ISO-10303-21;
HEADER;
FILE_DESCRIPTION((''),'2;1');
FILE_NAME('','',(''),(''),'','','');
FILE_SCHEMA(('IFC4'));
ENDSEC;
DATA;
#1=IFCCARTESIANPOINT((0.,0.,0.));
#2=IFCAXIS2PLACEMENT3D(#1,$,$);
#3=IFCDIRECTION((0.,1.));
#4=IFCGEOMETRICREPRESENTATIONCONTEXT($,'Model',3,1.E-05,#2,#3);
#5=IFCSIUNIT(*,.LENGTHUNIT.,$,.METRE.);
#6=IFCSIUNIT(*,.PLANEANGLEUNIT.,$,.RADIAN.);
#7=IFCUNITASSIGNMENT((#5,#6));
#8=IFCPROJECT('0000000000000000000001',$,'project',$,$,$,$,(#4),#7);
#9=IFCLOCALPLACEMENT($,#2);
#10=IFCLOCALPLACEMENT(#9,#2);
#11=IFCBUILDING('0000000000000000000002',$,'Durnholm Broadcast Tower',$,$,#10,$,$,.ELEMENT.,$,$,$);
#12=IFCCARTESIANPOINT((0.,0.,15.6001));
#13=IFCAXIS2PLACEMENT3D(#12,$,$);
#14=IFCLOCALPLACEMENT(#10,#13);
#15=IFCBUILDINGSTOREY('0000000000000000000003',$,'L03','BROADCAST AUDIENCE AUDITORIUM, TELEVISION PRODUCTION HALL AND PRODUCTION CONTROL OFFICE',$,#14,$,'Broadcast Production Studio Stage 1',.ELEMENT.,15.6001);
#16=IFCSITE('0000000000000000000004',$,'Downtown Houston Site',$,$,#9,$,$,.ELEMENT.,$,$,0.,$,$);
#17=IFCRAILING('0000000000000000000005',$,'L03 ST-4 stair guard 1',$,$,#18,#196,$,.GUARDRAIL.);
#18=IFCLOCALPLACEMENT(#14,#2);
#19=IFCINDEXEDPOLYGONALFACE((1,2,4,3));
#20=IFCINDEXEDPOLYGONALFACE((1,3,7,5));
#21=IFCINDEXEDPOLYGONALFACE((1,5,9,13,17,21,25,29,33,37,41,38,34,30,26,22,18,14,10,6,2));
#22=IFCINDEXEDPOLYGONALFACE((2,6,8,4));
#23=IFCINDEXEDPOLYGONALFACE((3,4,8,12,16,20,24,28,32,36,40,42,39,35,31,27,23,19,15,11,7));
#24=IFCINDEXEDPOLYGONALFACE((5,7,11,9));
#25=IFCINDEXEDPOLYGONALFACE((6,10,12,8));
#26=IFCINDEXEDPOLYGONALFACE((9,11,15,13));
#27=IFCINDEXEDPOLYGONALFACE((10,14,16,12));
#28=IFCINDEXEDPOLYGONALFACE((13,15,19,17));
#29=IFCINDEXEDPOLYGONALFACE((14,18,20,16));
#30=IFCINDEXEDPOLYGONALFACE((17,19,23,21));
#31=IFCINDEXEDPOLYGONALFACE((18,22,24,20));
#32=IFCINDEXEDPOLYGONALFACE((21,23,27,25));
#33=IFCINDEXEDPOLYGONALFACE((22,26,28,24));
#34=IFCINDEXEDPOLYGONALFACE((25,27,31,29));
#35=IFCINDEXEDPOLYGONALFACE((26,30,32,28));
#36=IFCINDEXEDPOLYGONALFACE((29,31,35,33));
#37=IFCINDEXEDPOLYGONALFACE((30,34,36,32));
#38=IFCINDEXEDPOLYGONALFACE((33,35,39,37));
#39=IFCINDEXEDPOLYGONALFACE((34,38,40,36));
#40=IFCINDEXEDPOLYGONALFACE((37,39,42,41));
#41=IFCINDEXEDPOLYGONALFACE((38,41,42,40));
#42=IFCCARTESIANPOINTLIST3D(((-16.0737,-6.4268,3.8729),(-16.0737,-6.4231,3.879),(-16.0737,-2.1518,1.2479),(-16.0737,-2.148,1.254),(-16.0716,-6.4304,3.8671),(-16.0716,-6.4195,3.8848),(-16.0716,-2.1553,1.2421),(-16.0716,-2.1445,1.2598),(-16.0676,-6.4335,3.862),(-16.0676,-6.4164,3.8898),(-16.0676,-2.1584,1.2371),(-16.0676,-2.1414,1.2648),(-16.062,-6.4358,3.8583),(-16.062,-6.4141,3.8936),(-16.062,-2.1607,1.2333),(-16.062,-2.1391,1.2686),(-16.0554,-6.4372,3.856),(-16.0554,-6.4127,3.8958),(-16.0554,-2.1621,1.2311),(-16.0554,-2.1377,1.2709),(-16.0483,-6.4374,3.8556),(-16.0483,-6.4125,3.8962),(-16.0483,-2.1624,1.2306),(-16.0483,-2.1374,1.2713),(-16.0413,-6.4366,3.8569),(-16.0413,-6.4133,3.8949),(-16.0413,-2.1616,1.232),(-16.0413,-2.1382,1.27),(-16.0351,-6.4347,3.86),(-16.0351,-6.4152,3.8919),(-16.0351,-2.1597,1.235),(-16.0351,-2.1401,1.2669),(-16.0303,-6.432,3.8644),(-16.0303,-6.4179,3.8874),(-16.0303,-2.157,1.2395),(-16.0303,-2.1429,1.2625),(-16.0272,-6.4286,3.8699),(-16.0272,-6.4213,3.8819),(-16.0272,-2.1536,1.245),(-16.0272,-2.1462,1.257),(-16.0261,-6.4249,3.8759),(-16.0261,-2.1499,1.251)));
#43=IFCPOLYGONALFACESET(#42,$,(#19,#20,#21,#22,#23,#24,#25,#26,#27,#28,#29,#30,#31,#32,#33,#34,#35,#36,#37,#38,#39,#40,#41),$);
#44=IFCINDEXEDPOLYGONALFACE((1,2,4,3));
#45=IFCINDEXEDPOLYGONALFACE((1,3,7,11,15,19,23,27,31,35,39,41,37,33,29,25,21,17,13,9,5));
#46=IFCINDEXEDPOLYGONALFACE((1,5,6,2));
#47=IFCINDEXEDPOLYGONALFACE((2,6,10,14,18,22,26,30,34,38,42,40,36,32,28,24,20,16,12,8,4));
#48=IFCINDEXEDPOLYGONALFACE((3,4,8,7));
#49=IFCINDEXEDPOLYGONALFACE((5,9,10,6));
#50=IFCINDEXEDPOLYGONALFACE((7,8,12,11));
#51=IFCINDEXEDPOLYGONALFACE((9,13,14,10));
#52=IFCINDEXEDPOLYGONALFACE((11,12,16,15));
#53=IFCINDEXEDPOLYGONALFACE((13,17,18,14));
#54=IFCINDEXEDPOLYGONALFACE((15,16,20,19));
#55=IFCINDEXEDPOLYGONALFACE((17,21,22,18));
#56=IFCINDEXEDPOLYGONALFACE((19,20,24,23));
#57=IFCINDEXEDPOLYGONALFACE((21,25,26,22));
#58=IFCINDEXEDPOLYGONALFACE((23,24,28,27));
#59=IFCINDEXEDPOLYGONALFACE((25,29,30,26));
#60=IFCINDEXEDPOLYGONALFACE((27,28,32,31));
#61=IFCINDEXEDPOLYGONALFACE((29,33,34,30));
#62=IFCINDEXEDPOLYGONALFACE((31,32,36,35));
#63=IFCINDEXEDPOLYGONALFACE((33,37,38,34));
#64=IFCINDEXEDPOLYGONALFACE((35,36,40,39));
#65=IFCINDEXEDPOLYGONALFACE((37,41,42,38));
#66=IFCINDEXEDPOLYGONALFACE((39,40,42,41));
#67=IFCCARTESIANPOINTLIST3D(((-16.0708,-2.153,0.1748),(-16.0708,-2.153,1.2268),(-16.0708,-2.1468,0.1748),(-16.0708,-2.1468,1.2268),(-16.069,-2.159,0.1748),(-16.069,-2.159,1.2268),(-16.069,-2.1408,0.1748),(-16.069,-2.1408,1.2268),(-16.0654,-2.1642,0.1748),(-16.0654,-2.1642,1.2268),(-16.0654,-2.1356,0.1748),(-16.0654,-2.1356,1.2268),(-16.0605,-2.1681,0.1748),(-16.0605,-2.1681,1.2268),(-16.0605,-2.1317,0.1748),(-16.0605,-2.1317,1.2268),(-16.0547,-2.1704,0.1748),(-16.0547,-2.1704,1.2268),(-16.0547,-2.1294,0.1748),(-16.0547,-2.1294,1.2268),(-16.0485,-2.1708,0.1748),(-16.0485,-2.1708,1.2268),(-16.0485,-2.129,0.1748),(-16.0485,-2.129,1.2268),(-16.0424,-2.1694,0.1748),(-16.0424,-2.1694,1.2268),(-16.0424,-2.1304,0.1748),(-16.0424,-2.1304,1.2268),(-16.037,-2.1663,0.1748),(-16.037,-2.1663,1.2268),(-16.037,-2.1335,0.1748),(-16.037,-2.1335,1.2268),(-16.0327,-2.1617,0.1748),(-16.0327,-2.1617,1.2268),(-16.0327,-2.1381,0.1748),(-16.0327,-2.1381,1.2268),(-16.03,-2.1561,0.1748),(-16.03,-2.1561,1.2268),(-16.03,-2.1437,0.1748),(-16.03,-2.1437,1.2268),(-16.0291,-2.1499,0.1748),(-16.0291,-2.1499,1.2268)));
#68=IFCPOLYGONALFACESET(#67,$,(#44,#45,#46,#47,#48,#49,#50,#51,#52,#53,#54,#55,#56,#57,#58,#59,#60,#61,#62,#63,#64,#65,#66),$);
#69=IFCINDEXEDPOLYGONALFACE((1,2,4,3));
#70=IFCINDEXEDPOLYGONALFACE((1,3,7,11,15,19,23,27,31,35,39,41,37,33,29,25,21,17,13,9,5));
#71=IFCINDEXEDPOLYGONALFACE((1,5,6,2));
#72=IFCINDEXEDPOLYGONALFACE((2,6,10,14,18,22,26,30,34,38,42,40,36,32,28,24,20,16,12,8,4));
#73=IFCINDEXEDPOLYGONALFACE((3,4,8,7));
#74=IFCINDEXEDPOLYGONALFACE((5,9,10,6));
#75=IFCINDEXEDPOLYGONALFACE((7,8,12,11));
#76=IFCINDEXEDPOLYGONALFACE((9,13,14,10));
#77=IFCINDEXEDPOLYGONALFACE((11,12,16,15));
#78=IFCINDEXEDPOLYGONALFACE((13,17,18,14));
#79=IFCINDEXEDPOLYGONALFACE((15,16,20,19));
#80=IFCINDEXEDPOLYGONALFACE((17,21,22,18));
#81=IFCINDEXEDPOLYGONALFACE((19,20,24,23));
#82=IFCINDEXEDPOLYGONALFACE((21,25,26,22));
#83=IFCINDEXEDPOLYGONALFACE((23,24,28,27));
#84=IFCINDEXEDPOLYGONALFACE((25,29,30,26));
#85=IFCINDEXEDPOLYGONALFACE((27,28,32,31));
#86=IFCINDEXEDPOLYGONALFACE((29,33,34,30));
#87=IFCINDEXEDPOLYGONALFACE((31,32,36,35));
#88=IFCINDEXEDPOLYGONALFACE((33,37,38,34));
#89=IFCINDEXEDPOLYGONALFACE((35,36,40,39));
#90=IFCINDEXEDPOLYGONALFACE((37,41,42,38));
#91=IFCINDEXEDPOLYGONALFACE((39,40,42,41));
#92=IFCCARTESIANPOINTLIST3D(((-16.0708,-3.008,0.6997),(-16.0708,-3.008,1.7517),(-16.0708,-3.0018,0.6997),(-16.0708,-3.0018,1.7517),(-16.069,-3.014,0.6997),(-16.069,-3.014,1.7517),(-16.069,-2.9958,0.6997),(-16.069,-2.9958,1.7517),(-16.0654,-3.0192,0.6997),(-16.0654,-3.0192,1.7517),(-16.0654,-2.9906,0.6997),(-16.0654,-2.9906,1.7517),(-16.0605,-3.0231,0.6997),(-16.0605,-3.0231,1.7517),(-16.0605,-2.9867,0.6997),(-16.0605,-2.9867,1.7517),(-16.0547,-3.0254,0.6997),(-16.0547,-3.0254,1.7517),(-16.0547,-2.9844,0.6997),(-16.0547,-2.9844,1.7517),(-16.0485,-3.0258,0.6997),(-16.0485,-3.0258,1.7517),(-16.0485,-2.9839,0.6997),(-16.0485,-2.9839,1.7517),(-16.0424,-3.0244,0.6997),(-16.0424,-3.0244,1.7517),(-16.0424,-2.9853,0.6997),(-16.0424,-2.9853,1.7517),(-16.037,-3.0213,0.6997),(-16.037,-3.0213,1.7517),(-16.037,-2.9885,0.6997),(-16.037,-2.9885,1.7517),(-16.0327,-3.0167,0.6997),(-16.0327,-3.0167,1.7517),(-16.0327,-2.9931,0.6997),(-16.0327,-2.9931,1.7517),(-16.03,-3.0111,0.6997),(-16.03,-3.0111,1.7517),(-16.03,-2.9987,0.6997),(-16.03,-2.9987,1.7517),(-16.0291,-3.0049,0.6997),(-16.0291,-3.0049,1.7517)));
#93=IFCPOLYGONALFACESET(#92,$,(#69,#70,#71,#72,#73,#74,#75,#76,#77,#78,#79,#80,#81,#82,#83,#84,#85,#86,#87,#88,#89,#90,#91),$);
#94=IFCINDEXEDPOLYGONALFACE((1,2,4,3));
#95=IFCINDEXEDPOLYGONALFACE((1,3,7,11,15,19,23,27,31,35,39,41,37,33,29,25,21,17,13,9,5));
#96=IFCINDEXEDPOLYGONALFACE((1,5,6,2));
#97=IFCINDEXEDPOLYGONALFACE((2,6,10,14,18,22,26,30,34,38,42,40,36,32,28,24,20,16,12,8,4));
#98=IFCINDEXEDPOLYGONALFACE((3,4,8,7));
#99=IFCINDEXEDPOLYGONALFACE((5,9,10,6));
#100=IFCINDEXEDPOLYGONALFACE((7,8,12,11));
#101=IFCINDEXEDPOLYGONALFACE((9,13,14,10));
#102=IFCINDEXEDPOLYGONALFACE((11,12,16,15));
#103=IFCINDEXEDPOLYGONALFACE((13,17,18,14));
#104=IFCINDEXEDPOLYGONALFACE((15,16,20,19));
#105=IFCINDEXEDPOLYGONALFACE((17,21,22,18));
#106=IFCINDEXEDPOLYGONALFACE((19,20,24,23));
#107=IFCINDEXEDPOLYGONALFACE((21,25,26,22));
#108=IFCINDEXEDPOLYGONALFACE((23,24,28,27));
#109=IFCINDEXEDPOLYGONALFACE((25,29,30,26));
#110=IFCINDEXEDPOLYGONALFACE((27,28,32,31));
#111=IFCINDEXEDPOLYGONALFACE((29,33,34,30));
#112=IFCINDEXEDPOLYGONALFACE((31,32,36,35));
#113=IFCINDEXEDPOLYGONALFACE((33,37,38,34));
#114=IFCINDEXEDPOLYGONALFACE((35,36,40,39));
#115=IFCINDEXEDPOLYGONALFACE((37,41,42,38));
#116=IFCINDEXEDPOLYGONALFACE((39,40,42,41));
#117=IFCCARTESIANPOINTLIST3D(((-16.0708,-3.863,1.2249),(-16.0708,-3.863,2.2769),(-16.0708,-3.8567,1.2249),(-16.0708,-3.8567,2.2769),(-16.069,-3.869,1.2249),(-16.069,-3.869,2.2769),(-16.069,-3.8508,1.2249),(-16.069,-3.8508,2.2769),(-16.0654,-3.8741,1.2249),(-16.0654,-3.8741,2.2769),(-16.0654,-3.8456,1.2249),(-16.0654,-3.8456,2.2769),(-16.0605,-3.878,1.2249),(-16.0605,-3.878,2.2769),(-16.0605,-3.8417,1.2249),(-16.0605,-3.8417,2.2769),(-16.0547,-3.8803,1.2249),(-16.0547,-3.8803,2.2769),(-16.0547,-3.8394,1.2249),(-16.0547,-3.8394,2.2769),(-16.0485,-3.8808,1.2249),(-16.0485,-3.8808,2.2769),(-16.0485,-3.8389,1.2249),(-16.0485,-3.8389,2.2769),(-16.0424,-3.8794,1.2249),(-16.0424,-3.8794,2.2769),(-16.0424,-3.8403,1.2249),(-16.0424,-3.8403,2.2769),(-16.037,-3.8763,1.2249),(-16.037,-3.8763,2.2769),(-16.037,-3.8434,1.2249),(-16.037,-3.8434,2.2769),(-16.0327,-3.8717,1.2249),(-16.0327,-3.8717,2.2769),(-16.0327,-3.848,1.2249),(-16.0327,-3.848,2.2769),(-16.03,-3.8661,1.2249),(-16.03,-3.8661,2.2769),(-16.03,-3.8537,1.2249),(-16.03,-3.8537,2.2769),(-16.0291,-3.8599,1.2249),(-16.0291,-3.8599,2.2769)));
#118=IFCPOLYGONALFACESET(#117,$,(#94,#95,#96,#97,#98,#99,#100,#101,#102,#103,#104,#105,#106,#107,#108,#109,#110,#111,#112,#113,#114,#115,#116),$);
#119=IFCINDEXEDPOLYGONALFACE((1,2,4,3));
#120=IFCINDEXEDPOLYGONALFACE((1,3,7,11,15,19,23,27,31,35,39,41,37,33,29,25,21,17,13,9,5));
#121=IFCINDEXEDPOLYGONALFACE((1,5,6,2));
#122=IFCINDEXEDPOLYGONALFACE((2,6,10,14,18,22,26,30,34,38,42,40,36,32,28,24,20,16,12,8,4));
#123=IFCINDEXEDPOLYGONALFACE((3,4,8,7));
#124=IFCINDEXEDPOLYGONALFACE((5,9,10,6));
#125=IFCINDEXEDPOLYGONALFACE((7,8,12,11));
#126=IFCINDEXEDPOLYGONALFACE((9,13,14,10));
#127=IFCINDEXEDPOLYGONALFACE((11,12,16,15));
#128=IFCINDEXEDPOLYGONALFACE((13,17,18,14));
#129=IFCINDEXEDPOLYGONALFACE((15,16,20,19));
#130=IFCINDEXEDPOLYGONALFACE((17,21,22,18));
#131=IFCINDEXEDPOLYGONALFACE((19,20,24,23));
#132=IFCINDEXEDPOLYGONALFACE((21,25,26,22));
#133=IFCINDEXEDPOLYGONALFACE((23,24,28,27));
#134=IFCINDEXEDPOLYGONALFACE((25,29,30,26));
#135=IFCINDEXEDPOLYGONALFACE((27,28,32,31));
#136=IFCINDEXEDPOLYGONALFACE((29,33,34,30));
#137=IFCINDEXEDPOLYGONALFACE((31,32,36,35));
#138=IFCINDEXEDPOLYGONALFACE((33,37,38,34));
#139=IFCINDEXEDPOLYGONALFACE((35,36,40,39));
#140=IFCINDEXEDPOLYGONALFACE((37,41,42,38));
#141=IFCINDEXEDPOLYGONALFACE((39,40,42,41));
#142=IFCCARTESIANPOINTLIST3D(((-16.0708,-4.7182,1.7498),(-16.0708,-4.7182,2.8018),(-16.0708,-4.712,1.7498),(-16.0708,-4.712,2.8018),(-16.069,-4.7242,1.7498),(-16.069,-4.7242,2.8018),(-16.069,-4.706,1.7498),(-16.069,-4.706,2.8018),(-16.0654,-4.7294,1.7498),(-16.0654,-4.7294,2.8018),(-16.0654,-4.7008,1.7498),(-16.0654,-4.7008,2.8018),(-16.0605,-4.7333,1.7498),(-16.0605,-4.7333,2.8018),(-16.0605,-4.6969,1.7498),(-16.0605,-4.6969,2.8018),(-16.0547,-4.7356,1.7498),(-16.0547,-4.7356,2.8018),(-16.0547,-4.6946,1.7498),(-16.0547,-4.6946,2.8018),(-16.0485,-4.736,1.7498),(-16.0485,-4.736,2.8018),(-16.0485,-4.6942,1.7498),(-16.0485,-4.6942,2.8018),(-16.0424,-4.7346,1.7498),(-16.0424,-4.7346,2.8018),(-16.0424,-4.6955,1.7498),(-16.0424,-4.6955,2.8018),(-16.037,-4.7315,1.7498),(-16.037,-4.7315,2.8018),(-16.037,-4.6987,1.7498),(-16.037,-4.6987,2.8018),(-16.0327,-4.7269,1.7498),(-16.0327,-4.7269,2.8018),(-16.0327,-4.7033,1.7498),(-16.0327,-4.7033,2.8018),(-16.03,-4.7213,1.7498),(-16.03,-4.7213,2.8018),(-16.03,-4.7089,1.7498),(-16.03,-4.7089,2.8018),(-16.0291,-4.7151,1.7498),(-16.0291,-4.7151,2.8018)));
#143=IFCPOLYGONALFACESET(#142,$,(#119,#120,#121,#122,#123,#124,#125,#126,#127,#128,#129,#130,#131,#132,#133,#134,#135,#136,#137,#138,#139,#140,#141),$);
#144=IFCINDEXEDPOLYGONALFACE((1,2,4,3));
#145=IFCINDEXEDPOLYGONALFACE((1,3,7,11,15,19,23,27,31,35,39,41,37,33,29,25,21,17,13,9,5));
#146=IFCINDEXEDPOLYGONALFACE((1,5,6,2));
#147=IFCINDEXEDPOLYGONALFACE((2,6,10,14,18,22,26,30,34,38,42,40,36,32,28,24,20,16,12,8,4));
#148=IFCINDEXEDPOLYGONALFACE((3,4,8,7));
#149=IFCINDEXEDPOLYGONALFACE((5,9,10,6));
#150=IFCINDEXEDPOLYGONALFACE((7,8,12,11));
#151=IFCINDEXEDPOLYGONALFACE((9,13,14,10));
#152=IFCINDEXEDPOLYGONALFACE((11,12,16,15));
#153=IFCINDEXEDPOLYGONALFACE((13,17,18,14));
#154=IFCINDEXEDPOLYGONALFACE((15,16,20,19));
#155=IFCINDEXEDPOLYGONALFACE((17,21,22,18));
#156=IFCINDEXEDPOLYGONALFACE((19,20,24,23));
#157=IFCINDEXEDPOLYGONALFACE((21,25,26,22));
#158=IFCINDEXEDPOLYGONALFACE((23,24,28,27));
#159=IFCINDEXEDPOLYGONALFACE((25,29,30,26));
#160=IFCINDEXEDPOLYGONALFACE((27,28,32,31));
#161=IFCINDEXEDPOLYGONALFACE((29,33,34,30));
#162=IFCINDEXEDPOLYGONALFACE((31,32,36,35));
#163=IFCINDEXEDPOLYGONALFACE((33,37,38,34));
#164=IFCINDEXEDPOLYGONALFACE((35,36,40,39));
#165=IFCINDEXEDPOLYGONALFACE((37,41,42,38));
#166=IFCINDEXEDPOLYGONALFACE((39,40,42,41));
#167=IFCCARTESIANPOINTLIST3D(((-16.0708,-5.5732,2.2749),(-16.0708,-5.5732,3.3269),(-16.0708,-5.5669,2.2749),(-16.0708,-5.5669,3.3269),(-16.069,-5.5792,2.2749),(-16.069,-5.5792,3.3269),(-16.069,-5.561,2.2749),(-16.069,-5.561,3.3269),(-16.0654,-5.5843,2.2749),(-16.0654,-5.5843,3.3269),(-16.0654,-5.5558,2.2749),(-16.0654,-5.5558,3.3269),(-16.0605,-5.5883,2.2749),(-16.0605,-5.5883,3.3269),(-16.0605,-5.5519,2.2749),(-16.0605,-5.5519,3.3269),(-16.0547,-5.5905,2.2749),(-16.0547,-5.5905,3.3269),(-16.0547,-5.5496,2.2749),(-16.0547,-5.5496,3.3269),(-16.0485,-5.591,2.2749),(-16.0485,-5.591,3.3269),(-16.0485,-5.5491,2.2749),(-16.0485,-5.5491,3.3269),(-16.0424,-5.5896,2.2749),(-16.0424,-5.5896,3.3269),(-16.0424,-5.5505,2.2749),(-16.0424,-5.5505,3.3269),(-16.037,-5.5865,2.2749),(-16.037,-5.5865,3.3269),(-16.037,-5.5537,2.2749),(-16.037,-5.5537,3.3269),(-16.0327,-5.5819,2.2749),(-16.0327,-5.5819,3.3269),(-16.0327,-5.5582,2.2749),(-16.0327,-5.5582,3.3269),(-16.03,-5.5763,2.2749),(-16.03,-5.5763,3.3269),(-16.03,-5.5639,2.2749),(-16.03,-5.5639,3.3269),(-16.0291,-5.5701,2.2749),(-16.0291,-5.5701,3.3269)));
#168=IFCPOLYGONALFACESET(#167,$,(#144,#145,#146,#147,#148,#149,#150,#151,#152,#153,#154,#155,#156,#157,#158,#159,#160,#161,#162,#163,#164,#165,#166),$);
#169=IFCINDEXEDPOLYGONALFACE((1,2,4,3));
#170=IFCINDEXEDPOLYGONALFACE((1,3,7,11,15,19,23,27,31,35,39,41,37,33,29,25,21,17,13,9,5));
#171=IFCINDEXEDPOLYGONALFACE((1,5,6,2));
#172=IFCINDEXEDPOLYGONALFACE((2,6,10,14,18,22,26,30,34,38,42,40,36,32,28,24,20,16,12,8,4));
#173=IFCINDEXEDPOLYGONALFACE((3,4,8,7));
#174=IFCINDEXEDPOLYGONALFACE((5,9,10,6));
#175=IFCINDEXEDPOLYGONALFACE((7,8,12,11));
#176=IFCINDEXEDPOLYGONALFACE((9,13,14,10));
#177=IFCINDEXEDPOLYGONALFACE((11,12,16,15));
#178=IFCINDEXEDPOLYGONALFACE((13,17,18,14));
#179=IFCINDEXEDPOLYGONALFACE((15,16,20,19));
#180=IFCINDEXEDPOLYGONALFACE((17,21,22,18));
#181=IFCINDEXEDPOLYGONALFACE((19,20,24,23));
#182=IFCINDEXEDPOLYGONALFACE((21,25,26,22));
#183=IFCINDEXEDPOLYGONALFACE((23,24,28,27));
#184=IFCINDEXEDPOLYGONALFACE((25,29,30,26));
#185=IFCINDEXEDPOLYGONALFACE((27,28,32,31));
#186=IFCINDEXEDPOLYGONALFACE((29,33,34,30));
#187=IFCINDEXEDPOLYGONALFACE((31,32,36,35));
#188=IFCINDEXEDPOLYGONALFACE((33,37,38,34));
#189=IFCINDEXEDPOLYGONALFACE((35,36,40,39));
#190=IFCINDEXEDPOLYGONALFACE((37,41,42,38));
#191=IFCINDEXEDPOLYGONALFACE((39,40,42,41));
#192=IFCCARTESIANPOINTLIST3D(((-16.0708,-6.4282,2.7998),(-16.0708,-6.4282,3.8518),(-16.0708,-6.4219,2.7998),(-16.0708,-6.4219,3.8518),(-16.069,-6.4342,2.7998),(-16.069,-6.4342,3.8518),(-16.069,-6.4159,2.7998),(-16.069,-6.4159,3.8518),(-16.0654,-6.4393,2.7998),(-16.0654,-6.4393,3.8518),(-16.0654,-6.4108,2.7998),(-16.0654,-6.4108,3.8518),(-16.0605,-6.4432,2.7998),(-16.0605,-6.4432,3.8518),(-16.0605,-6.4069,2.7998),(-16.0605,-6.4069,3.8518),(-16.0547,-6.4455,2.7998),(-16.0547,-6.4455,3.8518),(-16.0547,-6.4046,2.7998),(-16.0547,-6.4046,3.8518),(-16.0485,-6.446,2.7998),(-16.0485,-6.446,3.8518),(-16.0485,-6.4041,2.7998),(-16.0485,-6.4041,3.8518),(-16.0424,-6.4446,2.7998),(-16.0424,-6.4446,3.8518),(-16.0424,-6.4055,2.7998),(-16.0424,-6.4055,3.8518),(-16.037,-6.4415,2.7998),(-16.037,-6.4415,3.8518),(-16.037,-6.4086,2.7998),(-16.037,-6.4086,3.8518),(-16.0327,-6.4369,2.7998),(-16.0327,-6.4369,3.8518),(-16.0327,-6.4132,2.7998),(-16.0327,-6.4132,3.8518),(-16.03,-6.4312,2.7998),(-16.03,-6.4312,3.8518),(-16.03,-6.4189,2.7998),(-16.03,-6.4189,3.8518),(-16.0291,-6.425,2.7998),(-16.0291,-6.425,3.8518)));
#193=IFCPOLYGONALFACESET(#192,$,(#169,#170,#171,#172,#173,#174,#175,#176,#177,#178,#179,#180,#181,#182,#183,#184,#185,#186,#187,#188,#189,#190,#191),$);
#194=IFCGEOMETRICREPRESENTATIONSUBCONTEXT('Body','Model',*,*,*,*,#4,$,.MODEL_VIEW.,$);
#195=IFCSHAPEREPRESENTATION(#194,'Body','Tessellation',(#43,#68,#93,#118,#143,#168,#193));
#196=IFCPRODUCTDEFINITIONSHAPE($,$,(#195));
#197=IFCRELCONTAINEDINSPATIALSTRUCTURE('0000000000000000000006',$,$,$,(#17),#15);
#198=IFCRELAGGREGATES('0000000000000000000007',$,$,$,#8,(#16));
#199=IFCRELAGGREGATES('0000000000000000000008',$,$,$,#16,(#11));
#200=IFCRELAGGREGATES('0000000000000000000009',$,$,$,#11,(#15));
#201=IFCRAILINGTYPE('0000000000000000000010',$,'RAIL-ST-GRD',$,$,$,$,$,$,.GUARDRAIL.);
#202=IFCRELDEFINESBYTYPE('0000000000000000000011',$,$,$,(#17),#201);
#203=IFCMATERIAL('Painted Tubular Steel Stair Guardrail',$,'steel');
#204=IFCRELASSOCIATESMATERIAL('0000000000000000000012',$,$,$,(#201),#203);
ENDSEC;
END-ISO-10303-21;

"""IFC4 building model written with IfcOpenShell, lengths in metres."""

from ifc_helpers import new_model, si_unit, direction, frame, origin, origin_2d, place, context, subcontext, project, spatial, circle, extrude, material, type_object, element, save


model = new_model("IFC4")

# Units and contexts
model_context = context("Model", 3, precision=1e-05, world=origin(), true_north=direction((0.0, 1.0)))
body_context = subcontext(model_context, "Body", "Model", "MODEL_VIEW")
ifc_project = project(units=[si_unit("LENGTHUNIT", "METRE"), si_unit("PLANEANGLEUNIT", "RADIAN")], contexts=[model_context])

# Site, building, storey
site_placement = place(None, origin())
site = spatial("IfcSite", under=ifc_project, at=site_placement, Name="Downtown Houston Site", CompositionType="ELEMENT", RefElevation=0.0)
building_placement = place(site_placement, origin())
building = spatial("IfcBuilding", under=site, at=building_placement, Name="Durnholm Broadcast Tower", CompositionType="ELEMENT")
storey_placement = place(building_placement, frame((0.0, 0.0, 15.6001)))
storey = spatial("IfcBuildingStorey", under=building, at=storey_placement, Name="L03", Description="BROADCAST AUDIENCE AUDITORIUM, TELEVISION PRODUCTION HALL AND PRODUCTION CONTROL OFFICE", LongName="Broadcast Production Studio Stage 1", CompositionType="ELEMENT", Elevation=15.6001)

# Railing
ifc_material_1 = material(Name="Painted Tubular Steel Stair Guardrail", Category="steel")
railing_type_1 = type_object("IfcRailingType", Name="RAIL-ST-GRD", PredefinedType="GUARDRAIL", material=ifc_material_1)
railing_1_placement = place(storey_placement, frame((-16.05, -2.1499, 0.1748)))
element("IfcRailing", 1, at=railing_1_placement, inside=storey, type_object=railing_type_1, Name="L03 ST-4 stair guard 1", PredefinedType="GUARDRAIL", context=body_context, shape_type="SweptSolid", body=[
    extrude(circle(Radius=0.0239, at=origin_2d()), frame((0.0, 0.0, 1.0762), z_axis=(0.0, -0.852179, 0.52325), x_axis=(1.0, 0.0, 0.0)), (0.0, 0.0, 1.0), 5.0166),
    extrude(circle(Radius=0.021, at=origin_2d()), origin(), (0.0, 0.0, 1.0), 1.052),
    extrude(circle(Radius=0.021, at=origin_2d()), frame((0.0, -0.855, 0.5249)), (0.0, 0.0, 1.0), 1.052),
    extrude(circle(Radius=0.021, at=origin_2d()), frame((0.0, -1.71, 1.05)), (0.0, 0.0, 1.0), 1.052),
    extrude(circle(Radius=0.021, at=origin_2d()), frame((0.0, -2.5652, 1.575)), (0.0, 0.0, 1.0), 1.052),
    extrude(circle(Radius=0.021, at=origin_2d()), frame((0.0, -3.4202, 2.1001)), (0.0, 0.0, 1.0), 1.052),
    extrude(circle(Radius=0.021, at=origin_2d()), frame((0.0, -4.2751, 2.625)), (0.0, 0.0, 1.0), 1.052),
])

save(model, "model.ifc")
